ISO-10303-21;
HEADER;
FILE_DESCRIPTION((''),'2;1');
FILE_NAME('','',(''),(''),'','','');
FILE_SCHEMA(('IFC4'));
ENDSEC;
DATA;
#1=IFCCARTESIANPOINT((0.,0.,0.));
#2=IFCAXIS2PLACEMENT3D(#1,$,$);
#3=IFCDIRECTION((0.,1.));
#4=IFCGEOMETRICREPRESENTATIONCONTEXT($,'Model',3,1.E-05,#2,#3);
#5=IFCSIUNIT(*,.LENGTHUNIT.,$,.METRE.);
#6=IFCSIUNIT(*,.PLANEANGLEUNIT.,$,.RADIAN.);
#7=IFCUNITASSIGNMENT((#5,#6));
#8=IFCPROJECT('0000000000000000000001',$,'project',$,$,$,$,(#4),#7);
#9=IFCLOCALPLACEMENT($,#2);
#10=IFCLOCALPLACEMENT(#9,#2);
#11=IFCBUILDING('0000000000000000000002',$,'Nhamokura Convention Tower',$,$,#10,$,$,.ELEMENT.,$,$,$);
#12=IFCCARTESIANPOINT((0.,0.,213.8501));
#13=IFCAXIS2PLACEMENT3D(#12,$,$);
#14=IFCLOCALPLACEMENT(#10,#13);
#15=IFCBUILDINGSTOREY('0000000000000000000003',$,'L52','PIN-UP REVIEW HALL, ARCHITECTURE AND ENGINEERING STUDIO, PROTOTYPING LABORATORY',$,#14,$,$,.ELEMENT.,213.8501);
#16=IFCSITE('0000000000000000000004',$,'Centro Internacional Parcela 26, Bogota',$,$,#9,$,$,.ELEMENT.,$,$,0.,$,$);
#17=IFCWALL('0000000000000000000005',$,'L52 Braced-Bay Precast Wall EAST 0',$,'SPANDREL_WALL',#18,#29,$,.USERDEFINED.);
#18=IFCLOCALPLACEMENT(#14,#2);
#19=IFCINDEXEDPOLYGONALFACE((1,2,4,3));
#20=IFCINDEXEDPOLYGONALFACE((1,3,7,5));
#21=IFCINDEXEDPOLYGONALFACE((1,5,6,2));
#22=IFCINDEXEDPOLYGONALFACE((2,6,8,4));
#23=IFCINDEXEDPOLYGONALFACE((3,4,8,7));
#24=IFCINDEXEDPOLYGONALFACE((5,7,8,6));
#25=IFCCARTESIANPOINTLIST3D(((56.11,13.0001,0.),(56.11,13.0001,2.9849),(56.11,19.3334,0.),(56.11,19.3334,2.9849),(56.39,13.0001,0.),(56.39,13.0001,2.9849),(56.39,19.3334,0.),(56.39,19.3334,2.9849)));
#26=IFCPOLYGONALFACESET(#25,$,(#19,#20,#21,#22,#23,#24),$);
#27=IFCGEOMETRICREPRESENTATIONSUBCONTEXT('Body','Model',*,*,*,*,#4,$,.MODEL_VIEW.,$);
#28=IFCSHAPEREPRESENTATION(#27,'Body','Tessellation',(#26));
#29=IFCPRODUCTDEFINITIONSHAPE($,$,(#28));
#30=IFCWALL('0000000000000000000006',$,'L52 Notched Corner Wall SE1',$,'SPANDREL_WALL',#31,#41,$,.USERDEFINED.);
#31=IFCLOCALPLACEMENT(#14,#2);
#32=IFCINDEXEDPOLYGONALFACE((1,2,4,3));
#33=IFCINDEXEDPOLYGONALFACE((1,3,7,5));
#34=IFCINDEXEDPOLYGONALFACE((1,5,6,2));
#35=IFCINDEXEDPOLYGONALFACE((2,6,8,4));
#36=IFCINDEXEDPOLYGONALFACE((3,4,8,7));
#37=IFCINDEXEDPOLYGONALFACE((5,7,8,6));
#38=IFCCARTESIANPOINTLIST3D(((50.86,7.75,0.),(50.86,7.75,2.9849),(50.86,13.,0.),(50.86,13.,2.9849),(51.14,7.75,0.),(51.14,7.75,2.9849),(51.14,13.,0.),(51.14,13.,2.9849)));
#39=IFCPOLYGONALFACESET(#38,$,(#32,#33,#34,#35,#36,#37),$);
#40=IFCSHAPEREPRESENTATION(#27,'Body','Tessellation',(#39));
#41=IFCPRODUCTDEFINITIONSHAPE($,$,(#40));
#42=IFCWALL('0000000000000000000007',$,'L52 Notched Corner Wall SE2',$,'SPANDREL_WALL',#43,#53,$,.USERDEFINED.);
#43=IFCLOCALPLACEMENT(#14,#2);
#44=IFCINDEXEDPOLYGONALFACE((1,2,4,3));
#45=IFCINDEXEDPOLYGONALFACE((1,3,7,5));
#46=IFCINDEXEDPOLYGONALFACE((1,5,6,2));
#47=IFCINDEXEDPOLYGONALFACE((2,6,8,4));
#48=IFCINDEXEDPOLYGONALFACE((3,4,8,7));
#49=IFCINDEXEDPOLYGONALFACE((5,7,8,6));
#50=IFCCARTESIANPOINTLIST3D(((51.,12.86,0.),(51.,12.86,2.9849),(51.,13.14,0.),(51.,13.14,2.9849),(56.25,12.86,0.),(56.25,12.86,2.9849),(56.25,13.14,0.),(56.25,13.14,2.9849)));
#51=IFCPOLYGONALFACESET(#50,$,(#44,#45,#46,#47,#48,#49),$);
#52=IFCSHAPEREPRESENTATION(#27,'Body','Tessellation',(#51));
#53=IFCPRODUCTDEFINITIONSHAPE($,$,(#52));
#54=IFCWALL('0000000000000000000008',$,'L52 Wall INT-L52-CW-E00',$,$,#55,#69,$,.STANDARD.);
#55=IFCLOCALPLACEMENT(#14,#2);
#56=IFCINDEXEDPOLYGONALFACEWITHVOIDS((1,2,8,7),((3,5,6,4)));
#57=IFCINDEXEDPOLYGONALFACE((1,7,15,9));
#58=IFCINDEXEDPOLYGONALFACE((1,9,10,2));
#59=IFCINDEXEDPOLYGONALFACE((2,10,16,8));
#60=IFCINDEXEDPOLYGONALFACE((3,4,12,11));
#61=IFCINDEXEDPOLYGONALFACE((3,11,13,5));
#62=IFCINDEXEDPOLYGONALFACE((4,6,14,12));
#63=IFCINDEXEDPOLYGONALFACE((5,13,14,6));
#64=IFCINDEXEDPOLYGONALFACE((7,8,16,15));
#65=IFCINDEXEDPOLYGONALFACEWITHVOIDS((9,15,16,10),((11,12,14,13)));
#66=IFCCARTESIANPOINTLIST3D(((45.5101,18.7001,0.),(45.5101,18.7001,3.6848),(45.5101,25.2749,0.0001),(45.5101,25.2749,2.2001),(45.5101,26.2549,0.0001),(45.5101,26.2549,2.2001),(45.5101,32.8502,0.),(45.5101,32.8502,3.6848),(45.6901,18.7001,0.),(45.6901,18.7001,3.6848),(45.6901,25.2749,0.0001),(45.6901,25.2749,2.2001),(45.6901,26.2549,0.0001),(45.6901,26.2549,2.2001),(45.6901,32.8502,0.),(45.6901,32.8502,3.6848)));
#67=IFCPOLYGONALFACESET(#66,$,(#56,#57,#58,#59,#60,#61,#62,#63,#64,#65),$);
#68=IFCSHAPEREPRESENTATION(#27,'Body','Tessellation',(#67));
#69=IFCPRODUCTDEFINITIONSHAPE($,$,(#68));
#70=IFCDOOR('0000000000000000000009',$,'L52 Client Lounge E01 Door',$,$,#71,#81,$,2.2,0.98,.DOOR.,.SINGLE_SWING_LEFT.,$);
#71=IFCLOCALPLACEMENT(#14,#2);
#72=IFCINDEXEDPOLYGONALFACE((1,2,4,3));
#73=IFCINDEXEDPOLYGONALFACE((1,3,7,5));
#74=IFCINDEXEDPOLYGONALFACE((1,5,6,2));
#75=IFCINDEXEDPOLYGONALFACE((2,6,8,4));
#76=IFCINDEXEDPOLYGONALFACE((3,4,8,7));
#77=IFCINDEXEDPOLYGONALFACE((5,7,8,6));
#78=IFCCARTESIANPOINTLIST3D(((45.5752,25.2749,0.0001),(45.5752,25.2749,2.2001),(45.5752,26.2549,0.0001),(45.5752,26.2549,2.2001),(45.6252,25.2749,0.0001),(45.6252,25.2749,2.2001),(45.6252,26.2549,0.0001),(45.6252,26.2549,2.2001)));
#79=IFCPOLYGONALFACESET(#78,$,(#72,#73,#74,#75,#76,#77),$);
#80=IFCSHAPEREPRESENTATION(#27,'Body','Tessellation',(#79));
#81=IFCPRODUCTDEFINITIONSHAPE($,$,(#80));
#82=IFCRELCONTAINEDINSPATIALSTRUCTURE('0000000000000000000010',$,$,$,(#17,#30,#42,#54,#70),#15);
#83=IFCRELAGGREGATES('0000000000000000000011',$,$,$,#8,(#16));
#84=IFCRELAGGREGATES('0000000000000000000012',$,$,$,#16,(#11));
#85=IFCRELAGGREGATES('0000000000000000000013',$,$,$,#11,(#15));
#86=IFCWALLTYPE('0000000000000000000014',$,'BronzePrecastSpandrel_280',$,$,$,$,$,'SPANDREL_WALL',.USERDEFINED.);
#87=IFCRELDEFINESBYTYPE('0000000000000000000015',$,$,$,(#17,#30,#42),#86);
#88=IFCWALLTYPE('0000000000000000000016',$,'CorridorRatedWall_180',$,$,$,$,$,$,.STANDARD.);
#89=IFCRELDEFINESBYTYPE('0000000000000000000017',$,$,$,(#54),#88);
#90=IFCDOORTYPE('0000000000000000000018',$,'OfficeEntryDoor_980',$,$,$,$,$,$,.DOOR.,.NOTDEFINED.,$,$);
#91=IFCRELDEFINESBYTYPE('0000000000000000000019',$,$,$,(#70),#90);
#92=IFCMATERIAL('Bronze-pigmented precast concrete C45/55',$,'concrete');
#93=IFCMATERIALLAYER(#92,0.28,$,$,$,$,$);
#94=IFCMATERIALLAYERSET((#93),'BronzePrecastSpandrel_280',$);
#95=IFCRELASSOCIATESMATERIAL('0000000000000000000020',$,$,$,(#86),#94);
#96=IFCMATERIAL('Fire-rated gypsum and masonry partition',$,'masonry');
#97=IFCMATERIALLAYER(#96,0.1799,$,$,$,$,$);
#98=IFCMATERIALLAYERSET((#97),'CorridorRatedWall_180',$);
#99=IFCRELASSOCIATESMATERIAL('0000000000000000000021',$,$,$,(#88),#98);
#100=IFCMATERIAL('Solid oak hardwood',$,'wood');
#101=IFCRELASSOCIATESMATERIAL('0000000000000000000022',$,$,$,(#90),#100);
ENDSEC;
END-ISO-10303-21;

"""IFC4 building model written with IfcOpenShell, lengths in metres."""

from ifc_helpers import new_model, si_unit, direction, frame, frame_2d, origin, place, context, subcontext, project, spatial, rectangle, extrude, material, layer, layer_set, type_object, element, fill, save


model = new_model("IFC4")

# Units and contexts
model_context = context("Model", 3, precision=1e-05, world=origin(), true_north=direction((0.0, 1.0)))
body_context = subcontext(model_context, "Body", "Model", "MODEL_VIEW")
ifc_project = project(units=[si_unit("LENGTHUNIT", "METRE"), si_unit("PLANEANGLEUNIT", "RADIAN")], contexts=[model_context])

# Site, building, storey
site_placement = place(None, origin())
site = spatial("IfcSite", under=ifc_project, at=site_placement, Name="Centro Internacional Parcela 26, Bogota", CompositionType="ELEMENT", RefElevation=0.0)
building_placement = place(site_placement, origin())
building = spatial("IfcBuilding", under=site, at=building_placement, Name="Nhamokura Convention Tower", CompositionType="ELEMENT")
storey_placement = place(building_placement, frame((0.0, 0.0, 213.8501)))
storey = spatial("IfcBuildingStorey", under=building, at=storey_placement, Name="L52", Description="PIN-UP REVIEW HALL, ARCHITECTURE AND ENGINEERING STUDIO, PROTOTYPING LABORATORY", CompositionType="ELEMENT", Elevation=213.8501)

# Walls
ifc_material_1 = material(Name="Bronze-pigmented precast concrete C45/55", Category="concrete")
ifc_layer_1 = layer(ifc_material_1, 0.28)
ifc_layer_set_1 = layer_set([ifc_layer_1], Name="BronzePrecastSpandrel_280")
wall_type_1 = type_object("IfcWallType", Name="BronzePrecastSpandrel_280", ElementType="SPANDREL_WALL", PredefinedType="USERDEFINED", material=ifc_layer_set_1)
for number, where, z_axis, x_axis, name in (
    (1, (56.25, 19.3333, 0.0), (0.0, 0.0, 1.0), (0.0, -1.0, 0.0), "L52 Braced-Bay Precast Wall EAST 0"),
):
    element("IfcWall", number, at=place(storey_placement, frame(where, z_axis=z_axis, x_axis=x_axis)), inside=storey, type_object=wall_type_1, Name=name, ObjectType="SPANDREL_WALL", PredefinedType="USERDEFINED", context=body_context, shape_type="SweptSolid", body=[
        extrude(rectangle(XDim=6.3333, YDim=0.28, at=frame_2d((3.1665, 0.0))), origin(), (0.0, 0.0, 1.0), 2.9849),
    ])
for number, where, z_axis, x_axis, name in (
    (2, (51.0, 13.0, 0.0), (0.0, 0.0, 1.0), (0.0, -1.0, 0.0), "L52 Notched Corner Wall SE1"),
    (3, (56.25, 13.0, 0.0), (0.0, 0.0, 1.0), (-1.0, 0.0, 0.0), "L52 Notched Corner Wall SE2"),
):
    element("IfcWall", number, at=place(storey_placement, frame(where, z_axis=z_axis, x_axis=x_axis)), inside=storey, type_object=wall_type_1, Name=name, ObjectType="SPANDREL_WALL", PredefinedType="USERDEFINED", context=body_context, shape_type="SweptSolid", body=[
        extrude(rectangle(XDim=5.25, YDim=0.28, at=frame_2d((2.625, 0.0))), origin(), (0.0, 0.0, 1.0), 2.9849),
    ])

# Wall, opening, door
ifc_material_2 = material(Name="Fire-rated gypsum and masonry partition", Category="masonry")
ifc_layer_2 = layer(ifc_material_2, 0.1799)
ifc_layer_set_2 = layer_set([ifc_layer_2], Name="CorridorRatedWall_180")
wall_type_2 = type_object("IfcWallType", Name="CorridorRatedWall_180", PredefinedType="STANDARD", material=ifc_layer_set_2)
wall_1_placement = place(storey_placement, frame((45.6001, 18.7, 0.0), z_axis=(0.0, 0.0, 1.0), x_axis=(0.0, 1.0, 0.0)))
wall_1 = element("IfcWall", 4, at=wall_1_placement, inside=storey, type_object=wall_type_2, Name="L52 Wall INT-L52-CW-E00", PredefinedType="STANDARD", context=body_context, shape_type="SweptSolid", body=[
    extrude(rectangle(XDim=14.1501, YDim=0.1799, at=frame_2d((7.0752, 0.0))), origin(), (0.0, 0.0, 1.0), 3.6848),
])
opening_placement = place(wall_1_placement, frame((6.575, 0.0, 0.0)))
opening = element("IfcOpeningElement", 5, at=opening_placement, cuts=wall_1, PredefinedType="OPENING", context=body_context, shape_type="SweptSolid", body=[
    extrude(rectangle(XDim=0.98, YDim=2.2, at=frame_2d((0.49, 1.1001))), frame((0.0, 0.0999, 0.0), z_axis=(0.0, -1.0, 0.0), x_axis=(1.0, 0.0, 0.0)), (0.0, 0.0, 1.0), 0.2),
])
ifc_material_3 = material(Name="Solid oak hardwood", Category="wood")
door_type = type_object("IfcDoorType", Name="OfficeEntryDoor_980", OperationType="NOTDEFINED", PredefinedType="DOOR", material=ifc_material_3)
door_placement = place(opening_placement, origin())
door = element("IfcDoor", 6, at=door_placement, inside=storey, type_object=door_type, Name="L52 Client Lounge E01 Door", OperationType="SINGLE_SWING_LEFT", OverallHeight=2.2, OverallWidth=0.98, PredefinedType="DOOR", context=body_context, shape_type="SweptSolid", body=[
    extrude(rectangle(XDim=0.98, YDim=2.2, at=frame_2d((0.49, 1.1001))), frame((0.0, 0.0249, 0.0), z_axis=(0.0, -1.0, 0.0), x_axis=(1.0, 0.0, 0.0)), (0.0, 0.0, 1.0), 0.05),
])
fill(opening, door)

save(model, "model.ifc")
